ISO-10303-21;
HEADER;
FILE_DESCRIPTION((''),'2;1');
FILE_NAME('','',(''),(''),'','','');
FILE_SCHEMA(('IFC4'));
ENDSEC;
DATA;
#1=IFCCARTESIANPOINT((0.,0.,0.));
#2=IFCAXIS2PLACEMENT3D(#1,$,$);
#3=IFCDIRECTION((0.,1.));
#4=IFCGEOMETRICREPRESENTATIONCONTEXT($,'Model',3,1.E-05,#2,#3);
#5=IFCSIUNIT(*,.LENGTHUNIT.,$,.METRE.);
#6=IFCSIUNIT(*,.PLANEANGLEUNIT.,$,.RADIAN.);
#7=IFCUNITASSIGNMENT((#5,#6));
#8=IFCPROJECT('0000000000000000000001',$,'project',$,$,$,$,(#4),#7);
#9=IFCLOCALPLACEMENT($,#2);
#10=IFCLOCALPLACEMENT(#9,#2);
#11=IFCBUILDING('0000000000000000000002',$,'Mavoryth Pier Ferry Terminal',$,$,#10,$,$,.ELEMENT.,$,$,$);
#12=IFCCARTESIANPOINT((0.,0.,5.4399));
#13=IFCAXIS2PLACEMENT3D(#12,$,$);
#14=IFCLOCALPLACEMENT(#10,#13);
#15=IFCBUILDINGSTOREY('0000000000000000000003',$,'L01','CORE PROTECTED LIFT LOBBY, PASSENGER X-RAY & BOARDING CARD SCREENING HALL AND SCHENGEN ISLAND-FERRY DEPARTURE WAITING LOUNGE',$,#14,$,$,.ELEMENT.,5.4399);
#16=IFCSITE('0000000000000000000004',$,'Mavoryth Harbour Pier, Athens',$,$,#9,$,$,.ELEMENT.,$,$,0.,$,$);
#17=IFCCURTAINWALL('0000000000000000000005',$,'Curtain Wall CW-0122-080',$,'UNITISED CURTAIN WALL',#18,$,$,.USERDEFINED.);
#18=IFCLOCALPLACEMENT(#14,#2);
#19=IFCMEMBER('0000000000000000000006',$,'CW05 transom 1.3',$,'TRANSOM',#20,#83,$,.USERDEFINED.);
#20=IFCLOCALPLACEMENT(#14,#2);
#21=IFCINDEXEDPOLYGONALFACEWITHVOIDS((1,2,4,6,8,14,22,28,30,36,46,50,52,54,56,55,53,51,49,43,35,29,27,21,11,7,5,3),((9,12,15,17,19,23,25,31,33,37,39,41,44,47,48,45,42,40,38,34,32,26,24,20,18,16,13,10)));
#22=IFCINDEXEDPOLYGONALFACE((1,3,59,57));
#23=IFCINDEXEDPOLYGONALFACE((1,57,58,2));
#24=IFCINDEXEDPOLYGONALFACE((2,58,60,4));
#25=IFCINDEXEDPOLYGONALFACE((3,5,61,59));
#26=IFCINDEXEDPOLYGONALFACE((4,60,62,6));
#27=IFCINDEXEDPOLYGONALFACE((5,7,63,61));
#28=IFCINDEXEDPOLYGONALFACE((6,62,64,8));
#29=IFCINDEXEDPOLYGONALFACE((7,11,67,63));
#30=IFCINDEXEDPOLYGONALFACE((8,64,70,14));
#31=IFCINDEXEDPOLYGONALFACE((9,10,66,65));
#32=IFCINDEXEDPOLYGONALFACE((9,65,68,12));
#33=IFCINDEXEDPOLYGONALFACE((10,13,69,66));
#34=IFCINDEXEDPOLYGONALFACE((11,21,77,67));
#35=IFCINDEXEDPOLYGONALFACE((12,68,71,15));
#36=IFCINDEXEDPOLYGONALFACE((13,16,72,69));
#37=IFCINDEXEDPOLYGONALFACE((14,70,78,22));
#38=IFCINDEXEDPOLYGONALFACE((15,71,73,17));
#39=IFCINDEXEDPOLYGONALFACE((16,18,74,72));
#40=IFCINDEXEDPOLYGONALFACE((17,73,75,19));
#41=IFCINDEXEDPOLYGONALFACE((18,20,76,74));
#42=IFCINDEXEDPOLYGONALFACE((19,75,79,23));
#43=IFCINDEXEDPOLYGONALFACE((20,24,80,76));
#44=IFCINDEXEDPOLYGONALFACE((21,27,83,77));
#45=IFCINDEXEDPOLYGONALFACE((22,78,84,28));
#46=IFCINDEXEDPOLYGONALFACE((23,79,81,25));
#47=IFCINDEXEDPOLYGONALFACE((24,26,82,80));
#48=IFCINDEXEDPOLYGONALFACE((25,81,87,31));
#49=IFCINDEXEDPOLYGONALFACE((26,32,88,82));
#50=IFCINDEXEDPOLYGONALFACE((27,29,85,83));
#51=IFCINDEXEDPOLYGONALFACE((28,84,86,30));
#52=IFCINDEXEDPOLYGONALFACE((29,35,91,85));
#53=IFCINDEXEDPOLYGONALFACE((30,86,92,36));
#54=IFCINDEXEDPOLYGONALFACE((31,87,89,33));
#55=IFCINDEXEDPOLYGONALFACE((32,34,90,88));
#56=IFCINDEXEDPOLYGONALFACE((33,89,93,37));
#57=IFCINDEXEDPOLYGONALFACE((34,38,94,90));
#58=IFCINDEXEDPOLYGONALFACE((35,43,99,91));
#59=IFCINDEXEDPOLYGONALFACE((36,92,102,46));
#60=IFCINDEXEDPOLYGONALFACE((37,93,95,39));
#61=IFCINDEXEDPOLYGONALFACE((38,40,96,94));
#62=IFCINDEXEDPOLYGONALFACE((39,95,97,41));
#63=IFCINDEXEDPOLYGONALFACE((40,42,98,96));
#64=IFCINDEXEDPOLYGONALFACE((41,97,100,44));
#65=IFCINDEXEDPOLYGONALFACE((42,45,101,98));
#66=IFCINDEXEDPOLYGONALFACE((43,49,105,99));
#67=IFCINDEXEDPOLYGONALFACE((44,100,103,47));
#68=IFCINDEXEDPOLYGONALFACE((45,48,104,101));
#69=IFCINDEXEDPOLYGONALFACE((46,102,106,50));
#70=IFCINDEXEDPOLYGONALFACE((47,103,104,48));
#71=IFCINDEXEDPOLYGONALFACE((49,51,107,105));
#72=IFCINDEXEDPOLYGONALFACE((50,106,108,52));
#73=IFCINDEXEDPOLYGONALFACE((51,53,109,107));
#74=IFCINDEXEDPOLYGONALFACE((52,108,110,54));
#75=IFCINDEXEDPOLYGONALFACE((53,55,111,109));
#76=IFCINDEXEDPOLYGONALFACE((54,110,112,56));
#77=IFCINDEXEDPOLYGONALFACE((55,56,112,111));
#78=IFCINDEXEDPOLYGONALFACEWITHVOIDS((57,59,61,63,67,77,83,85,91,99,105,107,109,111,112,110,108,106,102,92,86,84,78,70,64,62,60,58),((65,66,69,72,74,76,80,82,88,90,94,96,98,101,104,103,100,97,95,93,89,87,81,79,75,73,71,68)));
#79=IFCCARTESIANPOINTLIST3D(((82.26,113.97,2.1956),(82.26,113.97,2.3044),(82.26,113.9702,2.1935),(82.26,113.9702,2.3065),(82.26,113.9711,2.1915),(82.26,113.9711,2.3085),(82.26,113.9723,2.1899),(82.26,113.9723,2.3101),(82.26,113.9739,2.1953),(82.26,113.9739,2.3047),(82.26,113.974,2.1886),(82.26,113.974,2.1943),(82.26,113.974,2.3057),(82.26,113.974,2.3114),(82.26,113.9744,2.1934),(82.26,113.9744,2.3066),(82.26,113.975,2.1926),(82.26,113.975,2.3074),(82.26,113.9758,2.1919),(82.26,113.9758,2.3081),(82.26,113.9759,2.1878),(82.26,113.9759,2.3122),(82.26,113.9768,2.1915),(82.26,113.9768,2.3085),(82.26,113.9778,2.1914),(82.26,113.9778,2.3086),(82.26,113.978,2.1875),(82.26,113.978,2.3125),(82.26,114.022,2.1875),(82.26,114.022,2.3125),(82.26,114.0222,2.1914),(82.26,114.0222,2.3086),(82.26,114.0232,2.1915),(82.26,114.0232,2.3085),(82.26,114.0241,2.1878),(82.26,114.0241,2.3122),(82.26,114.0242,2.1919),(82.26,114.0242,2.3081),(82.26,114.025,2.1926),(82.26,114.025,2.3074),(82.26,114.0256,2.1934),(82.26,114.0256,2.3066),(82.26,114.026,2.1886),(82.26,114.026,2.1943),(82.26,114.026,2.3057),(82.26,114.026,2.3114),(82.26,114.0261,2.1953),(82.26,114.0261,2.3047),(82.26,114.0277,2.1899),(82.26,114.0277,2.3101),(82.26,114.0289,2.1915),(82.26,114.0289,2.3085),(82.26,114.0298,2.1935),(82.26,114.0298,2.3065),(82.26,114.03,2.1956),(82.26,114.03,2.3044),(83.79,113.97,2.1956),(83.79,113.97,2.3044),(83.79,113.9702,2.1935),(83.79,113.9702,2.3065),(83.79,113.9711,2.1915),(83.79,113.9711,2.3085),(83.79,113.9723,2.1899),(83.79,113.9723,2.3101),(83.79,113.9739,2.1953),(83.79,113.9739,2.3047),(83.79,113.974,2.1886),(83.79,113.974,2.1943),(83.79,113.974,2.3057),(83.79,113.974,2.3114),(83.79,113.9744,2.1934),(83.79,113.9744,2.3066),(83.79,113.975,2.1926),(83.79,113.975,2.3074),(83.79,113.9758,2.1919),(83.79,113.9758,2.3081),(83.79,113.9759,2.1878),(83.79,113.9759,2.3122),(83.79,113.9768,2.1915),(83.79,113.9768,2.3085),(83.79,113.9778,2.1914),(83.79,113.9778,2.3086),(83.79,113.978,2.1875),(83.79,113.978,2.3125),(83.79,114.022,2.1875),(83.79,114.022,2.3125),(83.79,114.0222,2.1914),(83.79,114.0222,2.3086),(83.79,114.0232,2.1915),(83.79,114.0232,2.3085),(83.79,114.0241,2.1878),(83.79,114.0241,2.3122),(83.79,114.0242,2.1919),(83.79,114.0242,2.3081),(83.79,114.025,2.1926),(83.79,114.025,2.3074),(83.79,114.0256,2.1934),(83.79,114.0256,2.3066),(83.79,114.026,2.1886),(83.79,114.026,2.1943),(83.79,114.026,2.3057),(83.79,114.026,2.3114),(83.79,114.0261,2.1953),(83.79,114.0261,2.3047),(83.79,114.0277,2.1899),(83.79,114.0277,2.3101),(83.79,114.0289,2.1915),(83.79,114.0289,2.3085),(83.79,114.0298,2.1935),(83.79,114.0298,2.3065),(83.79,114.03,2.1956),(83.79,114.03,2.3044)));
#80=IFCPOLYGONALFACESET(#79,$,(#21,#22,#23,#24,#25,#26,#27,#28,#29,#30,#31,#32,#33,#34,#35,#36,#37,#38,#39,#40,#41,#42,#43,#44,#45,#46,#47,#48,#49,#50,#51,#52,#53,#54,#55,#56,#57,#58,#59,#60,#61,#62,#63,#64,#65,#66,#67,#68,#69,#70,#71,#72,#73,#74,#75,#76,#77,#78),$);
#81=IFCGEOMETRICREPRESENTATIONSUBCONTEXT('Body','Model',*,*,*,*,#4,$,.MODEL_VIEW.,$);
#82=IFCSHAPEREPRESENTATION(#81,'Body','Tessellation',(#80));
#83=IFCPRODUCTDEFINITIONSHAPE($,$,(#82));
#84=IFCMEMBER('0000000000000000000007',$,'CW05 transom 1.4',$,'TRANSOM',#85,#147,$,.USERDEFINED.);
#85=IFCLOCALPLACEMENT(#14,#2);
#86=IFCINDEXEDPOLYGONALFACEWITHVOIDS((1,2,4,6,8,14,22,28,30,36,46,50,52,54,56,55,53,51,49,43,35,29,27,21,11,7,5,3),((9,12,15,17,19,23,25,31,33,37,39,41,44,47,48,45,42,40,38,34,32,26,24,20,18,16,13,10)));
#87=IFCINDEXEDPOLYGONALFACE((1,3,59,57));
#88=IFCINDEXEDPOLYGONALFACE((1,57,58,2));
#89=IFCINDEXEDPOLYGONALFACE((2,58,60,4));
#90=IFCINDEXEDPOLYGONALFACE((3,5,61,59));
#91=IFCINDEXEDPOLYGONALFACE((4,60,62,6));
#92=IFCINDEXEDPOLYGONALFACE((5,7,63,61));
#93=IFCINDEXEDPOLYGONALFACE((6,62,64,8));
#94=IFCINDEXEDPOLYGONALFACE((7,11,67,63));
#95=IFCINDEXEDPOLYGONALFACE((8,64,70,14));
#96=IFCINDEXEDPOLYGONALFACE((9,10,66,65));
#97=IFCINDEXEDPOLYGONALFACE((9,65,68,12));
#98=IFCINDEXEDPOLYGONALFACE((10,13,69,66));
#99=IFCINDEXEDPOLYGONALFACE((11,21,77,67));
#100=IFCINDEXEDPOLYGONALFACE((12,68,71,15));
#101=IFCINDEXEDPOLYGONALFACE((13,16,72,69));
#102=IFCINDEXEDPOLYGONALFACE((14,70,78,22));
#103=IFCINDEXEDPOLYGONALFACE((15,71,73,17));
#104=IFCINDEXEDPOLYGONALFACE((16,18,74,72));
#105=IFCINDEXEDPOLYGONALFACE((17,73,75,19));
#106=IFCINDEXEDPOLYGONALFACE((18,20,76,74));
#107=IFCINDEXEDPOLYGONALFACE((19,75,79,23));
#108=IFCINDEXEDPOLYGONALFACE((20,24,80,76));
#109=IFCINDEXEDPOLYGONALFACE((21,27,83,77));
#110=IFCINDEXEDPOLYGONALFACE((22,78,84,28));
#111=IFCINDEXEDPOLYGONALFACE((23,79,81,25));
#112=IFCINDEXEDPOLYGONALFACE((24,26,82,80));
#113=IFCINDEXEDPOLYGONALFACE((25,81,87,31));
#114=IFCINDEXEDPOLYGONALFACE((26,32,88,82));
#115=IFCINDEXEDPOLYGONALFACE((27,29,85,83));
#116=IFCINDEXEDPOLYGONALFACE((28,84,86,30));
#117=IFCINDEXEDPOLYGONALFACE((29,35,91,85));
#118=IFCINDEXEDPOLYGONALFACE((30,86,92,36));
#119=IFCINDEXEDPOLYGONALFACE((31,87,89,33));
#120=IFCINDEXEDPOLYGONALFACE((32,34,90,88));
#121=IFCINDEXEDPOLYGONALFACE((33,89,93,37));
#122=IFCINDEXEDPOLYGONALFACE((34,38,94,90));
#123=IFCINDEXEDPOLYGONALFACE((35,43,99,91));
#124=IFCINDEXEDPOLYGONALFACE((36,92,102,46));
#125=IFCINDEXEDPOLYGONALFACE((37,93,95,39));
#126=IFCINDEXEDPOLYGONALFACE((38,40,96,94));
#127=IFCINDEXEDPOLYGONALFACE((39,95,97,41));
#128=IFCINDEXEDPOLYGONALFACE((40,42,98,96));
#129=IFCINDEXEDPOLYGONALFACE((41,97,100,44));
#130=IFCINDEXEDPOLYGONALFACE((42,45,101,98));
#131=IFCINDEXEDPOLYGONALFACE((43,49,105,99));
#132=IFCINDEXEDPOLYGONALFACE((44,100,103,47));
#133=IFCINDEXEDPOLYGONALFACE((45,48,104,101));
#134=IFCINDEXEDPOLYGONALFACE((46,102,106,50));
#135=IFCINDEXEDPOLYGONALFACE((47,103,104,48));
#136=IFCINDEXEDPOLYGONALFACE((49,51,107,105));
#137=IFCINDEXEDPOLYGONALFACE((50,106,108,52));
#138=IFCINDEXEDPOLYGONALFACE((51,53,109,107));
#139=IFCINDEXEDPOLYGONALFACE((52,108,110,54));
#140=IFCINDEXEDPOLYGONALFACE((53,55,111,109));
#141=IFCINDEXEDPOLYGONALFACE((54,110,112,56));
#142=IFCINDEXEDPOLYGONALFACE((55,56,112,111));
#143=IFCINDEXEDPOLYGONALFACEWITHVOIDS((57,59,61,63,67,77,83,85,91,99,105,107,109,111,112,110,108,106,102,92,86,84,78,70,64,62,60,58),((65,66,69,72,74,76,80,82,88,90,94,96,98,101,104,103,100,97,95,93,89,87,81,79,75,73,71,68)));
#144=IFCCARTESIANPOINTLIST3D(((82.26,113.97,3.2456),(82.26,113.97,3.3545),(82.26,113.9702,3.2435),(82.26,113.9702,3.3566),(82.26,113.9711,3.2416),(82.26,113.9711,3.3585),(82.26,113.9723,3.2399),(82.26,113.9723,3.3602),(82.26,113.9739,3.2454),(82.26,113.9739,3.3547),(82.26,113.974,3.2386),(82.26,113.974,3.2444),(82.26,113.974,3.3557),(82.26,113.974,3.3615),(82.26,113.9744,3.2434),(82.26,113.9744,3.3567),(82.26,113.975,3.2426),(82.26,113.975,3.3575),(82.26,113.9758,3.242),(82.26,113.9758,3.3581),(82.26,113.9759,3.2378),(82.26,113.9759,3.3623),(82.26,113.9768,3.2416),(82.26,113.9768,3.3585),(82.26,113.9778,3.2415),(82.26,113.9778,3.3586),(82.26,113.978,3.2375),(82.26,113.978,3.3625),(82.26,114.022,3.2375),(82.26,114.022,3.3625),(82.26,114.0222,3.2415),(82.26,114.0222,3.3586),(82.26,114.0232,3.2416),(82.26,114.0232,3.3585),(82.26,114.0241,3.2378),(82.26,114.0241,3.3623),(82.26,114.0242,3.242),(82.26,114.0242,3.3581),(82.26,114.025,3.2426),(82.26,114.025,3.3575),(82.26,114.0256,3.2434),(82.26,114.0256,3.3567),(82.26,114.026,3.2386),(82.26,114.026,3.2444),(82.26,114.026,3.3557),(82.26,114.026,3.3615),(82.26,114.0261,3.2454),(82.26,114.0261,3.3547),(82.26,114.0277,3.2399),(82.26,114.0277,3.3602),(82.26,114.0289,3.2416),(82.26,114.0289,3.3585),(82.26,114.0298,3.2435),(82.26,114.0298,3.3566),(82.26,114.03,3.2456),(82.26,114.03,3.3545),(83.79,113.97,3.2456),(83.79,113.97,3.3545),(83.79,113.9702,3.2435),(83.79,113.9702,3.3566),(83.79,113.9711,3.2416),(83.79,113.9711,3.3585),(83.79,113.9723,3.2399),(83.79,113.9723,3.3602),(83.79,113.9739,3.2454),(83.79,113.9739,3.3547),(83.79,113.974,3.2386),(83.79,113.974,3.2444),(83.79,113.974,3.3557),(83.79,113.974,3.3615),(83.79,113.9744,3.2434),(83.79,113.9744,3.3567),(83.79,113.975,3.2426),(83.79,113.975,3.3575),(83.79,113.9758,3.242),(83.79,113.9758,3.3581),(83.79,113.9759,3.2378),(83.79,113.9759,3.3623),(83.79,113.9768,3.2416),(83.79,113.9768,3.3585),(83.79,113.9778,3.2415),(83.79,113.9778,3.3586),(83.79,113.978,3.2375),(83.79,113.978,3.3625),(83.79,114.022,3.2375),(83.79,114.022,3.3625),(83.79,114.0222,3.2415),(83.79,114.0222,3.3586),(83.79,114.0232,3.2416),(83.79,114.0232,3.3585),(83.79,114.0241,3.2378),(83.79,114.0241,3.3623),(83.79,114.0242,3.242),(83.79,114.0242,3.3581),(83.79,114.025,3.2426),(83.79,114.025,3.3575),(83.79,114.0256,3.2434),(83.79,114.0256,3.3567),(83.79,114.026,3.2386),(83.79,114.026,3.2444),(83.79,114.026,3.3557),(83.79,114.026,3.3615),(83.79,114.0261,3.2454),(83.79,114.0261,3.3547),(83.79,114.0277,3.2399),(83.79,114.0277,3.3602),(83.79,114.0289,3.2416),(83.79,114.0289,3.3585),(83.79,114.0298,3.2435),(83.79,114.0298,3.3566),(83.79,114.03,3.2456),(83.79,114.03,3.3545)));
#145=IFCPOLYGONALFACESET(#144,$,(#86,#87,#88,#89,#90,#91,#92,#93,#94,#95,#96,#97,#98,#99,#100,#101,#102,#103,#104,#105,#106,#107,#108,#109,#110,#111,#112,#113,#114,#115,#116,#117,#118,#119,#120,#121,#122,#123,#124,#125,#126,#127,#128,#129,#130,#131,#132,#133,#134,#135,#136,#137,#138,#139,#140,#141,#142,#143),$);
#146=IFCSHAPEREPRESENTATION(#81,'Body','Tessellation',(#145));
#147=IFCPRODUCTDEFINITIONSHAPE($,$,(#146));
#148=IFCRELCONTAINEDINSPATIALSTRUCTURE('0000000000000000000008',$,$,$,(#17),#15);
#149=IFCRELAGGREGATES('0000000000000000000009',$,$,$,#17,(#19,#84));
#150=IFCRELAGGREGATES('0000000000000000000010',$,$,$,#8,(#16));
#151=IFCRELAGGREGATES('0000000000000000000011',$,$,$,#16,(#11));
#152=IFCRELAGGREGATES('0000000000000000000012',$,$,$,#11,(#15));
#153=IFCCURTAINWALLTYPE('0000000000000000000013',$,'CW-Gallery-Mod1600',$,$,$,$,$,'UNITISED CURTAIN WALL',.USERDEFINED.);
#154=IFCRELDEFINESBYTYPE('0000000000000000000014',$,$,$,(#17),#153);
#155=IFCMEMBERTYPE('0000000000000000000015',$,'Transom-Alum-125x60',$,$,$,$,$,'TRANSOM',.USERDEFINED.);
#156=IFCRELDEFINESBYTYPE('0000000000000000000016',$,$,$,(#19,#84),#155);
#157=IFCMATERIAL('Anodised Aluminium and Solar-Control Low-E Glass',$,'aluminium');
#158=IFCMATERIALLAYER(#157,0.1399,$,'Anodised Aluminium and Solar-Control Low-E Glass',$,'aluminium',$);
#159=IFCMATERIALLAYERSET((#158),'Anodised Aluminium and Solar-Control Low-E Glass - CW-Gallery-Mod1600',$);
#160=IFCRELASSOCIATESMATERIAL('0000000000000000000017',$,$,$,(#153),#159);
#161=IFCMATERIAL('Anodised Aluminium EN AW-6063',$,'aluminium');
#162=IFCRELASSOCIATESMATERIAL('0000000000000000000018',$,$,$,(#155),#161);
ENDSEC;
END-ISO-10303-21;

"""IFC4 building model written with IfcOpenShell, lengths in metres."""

from ifc_helpers import new_model, si_unit, direction, frame, origin, origin_2d, place, context, subcontext, project, spatial, hollow_rectangle, extrude, material, layer, layer_set, material_profile, profile_set, type_object, element, aggregate, save


model = new_model("IFC4")

# Units and contexts
model_context = context("Model", 3, precision=1e-05, world=origin(), true_north=direction((0.0, 1.0)))
body_context = subcontext(model_context, "Body", "Model", "MODEL_VIEW")
ifc_project = project(units=[si_unit("LENGTHUNIT", "METRE"), si_unit("PLANEANGLEUNIT", "RADIAN")], contexts=[model_context])

# Site, building, storey
site_placement = place(None, origin())
site = spatial("IfcSite", under=ifc_project, at=site_placement, Name="Mavoryth Harbour Pier, Athens", CompositionType="ELEMENT", RefElevation=0.0)
building_placement = place(site_placement, origin())
building = spatial("IfcBuilding", under=site, at=building_placement, Name="Mavoryth Pier Ferry Terminal", CompositionType="ELEMENT")
storey_placement = place(building_placement, frame((0.0, 0.0, 5.4399)))
storey = spatial("IfcBuildingStorey", under=building, at=storey_placement, Name="L01", Description="CORE PROTECTED LIFT LOBBY, PASSENGER X-RAY & BOARDING CARD SCREENING HALL AND SCHENGEN ISLAND-FERRY DEPARTURE WAITING LOUNGE", CompositionType="ELEMENT", Elevation=5.4399)

# Curtain wall
ifc_material_1 = material(Name="Anodised Aluminium and Solar-Control Low-E Glass", Category="aluminium")
ifc_layer_1 = layer(ifc_material_1, 0.1399, Name="Anodised Aluminium and Solar-Control Low-E Glass", Category="aluminium")
ifc_layer_set_1 = layer_set([ifc_layer_1], Name="Anodised Aluminium and Solar-Control Low-E Glass - CW-Gallery-Mod1600")
curtain_wall_type = type_object("IfcCurtainWallType", Name="CW-Gallery-Mod1600", ElementType="UNITISED CURTAIN WALL", PredefinedType="USERDEFINED", material=ifc_layer_set_1)
curtain_wall_1_placement = place(storey_placement, origin())
curtain_wall_1 = element("IfcCurtainWall", 1, at=curtain_wall_1_placement, inside=storey, type_object=curtain_wall_type, Name="Curtain Wall CW-0122-080", ObjectType="UNITISED CURTAIN WALL", PredefinedType="USERDEFINED")
ifc_material_2 = material(Name="Anodised Aluminium EN AW-6063", Category="aluminium")

# Members
ifc_material_profile_1 = material_profile(ifc_material_2, hollow_rectangle(XDim=0.0601, YDim=0.125, WallThickness=0.0039, InnerFilletRadius=0.0039, OuterFilletRadius=0.0081, at=origin_2d()), Name="AL-TRAN 125x60x4", Category="aluminium")
ifc_profile_set_1 = profile_set([ifc_material_profile_1], Name="Anodised Aluminium EN AW-6063 - AL-TRAN 125x60x4")
member_type_1 = type_object("IfcMemberType", Name="Transom-Alum-125x60", ElementType="TRANSOM", PredefinedType="USERDEFINED", material=ifc_profile_set_1)
member_1_placement = place(storey_placement, frame((83.79, 114.0, 2.25), z_axis=(-1.0, 0.0, 0.0), x_axis=(0.0, -1.0, 0.0)))
member_1 = element("IfcMember", 2, at=member_1_placement, type_object=member_type_1, Name="CW05 transom 1.3", ObjectType="TRANSOM", PredefinedType="USERDEFINED", context=body_context, shape_type="SweptSolid", body=[
    extrude(hollow_rectangle(XDim=0.0601, YDim=0.125, WallThickness=0.0039, InnerFilletRadius=0.0039, OuterFilletRadius=0.0081, at=origin_2d()), origin(), (0.0, 0.0, 1.0), 1.53),
])
member_2_placement = place(storey_placement, frame((83.79, 114.0, 3.3), z_axis=(-1.0, 0.0, 0.0), x_axis=(0.0, -1.0, 0.0)))
member_2 = element("IfcMember", 3, at=member_2_placement, type_object=member_type_1, Name="CW05 transom 1.4", ObjectType="TRANSOM", PredefinedType="USERDEFINED", context=body_context, shape_type="SweptSolid", body=[
    extrude(hollow_rectangle(XDim=0.0601, YDim=0.125, WallThickness=0.0039, InnerFilletRadius=0.0039, OuterFilletRadius=0.0081, at=origin_2d()), origin(), (0.0, 0.0, 1.0), 1.53),
])

aggregate(curtain_wall_1, [member_1, member_2])

save(model, "model.ifc")
